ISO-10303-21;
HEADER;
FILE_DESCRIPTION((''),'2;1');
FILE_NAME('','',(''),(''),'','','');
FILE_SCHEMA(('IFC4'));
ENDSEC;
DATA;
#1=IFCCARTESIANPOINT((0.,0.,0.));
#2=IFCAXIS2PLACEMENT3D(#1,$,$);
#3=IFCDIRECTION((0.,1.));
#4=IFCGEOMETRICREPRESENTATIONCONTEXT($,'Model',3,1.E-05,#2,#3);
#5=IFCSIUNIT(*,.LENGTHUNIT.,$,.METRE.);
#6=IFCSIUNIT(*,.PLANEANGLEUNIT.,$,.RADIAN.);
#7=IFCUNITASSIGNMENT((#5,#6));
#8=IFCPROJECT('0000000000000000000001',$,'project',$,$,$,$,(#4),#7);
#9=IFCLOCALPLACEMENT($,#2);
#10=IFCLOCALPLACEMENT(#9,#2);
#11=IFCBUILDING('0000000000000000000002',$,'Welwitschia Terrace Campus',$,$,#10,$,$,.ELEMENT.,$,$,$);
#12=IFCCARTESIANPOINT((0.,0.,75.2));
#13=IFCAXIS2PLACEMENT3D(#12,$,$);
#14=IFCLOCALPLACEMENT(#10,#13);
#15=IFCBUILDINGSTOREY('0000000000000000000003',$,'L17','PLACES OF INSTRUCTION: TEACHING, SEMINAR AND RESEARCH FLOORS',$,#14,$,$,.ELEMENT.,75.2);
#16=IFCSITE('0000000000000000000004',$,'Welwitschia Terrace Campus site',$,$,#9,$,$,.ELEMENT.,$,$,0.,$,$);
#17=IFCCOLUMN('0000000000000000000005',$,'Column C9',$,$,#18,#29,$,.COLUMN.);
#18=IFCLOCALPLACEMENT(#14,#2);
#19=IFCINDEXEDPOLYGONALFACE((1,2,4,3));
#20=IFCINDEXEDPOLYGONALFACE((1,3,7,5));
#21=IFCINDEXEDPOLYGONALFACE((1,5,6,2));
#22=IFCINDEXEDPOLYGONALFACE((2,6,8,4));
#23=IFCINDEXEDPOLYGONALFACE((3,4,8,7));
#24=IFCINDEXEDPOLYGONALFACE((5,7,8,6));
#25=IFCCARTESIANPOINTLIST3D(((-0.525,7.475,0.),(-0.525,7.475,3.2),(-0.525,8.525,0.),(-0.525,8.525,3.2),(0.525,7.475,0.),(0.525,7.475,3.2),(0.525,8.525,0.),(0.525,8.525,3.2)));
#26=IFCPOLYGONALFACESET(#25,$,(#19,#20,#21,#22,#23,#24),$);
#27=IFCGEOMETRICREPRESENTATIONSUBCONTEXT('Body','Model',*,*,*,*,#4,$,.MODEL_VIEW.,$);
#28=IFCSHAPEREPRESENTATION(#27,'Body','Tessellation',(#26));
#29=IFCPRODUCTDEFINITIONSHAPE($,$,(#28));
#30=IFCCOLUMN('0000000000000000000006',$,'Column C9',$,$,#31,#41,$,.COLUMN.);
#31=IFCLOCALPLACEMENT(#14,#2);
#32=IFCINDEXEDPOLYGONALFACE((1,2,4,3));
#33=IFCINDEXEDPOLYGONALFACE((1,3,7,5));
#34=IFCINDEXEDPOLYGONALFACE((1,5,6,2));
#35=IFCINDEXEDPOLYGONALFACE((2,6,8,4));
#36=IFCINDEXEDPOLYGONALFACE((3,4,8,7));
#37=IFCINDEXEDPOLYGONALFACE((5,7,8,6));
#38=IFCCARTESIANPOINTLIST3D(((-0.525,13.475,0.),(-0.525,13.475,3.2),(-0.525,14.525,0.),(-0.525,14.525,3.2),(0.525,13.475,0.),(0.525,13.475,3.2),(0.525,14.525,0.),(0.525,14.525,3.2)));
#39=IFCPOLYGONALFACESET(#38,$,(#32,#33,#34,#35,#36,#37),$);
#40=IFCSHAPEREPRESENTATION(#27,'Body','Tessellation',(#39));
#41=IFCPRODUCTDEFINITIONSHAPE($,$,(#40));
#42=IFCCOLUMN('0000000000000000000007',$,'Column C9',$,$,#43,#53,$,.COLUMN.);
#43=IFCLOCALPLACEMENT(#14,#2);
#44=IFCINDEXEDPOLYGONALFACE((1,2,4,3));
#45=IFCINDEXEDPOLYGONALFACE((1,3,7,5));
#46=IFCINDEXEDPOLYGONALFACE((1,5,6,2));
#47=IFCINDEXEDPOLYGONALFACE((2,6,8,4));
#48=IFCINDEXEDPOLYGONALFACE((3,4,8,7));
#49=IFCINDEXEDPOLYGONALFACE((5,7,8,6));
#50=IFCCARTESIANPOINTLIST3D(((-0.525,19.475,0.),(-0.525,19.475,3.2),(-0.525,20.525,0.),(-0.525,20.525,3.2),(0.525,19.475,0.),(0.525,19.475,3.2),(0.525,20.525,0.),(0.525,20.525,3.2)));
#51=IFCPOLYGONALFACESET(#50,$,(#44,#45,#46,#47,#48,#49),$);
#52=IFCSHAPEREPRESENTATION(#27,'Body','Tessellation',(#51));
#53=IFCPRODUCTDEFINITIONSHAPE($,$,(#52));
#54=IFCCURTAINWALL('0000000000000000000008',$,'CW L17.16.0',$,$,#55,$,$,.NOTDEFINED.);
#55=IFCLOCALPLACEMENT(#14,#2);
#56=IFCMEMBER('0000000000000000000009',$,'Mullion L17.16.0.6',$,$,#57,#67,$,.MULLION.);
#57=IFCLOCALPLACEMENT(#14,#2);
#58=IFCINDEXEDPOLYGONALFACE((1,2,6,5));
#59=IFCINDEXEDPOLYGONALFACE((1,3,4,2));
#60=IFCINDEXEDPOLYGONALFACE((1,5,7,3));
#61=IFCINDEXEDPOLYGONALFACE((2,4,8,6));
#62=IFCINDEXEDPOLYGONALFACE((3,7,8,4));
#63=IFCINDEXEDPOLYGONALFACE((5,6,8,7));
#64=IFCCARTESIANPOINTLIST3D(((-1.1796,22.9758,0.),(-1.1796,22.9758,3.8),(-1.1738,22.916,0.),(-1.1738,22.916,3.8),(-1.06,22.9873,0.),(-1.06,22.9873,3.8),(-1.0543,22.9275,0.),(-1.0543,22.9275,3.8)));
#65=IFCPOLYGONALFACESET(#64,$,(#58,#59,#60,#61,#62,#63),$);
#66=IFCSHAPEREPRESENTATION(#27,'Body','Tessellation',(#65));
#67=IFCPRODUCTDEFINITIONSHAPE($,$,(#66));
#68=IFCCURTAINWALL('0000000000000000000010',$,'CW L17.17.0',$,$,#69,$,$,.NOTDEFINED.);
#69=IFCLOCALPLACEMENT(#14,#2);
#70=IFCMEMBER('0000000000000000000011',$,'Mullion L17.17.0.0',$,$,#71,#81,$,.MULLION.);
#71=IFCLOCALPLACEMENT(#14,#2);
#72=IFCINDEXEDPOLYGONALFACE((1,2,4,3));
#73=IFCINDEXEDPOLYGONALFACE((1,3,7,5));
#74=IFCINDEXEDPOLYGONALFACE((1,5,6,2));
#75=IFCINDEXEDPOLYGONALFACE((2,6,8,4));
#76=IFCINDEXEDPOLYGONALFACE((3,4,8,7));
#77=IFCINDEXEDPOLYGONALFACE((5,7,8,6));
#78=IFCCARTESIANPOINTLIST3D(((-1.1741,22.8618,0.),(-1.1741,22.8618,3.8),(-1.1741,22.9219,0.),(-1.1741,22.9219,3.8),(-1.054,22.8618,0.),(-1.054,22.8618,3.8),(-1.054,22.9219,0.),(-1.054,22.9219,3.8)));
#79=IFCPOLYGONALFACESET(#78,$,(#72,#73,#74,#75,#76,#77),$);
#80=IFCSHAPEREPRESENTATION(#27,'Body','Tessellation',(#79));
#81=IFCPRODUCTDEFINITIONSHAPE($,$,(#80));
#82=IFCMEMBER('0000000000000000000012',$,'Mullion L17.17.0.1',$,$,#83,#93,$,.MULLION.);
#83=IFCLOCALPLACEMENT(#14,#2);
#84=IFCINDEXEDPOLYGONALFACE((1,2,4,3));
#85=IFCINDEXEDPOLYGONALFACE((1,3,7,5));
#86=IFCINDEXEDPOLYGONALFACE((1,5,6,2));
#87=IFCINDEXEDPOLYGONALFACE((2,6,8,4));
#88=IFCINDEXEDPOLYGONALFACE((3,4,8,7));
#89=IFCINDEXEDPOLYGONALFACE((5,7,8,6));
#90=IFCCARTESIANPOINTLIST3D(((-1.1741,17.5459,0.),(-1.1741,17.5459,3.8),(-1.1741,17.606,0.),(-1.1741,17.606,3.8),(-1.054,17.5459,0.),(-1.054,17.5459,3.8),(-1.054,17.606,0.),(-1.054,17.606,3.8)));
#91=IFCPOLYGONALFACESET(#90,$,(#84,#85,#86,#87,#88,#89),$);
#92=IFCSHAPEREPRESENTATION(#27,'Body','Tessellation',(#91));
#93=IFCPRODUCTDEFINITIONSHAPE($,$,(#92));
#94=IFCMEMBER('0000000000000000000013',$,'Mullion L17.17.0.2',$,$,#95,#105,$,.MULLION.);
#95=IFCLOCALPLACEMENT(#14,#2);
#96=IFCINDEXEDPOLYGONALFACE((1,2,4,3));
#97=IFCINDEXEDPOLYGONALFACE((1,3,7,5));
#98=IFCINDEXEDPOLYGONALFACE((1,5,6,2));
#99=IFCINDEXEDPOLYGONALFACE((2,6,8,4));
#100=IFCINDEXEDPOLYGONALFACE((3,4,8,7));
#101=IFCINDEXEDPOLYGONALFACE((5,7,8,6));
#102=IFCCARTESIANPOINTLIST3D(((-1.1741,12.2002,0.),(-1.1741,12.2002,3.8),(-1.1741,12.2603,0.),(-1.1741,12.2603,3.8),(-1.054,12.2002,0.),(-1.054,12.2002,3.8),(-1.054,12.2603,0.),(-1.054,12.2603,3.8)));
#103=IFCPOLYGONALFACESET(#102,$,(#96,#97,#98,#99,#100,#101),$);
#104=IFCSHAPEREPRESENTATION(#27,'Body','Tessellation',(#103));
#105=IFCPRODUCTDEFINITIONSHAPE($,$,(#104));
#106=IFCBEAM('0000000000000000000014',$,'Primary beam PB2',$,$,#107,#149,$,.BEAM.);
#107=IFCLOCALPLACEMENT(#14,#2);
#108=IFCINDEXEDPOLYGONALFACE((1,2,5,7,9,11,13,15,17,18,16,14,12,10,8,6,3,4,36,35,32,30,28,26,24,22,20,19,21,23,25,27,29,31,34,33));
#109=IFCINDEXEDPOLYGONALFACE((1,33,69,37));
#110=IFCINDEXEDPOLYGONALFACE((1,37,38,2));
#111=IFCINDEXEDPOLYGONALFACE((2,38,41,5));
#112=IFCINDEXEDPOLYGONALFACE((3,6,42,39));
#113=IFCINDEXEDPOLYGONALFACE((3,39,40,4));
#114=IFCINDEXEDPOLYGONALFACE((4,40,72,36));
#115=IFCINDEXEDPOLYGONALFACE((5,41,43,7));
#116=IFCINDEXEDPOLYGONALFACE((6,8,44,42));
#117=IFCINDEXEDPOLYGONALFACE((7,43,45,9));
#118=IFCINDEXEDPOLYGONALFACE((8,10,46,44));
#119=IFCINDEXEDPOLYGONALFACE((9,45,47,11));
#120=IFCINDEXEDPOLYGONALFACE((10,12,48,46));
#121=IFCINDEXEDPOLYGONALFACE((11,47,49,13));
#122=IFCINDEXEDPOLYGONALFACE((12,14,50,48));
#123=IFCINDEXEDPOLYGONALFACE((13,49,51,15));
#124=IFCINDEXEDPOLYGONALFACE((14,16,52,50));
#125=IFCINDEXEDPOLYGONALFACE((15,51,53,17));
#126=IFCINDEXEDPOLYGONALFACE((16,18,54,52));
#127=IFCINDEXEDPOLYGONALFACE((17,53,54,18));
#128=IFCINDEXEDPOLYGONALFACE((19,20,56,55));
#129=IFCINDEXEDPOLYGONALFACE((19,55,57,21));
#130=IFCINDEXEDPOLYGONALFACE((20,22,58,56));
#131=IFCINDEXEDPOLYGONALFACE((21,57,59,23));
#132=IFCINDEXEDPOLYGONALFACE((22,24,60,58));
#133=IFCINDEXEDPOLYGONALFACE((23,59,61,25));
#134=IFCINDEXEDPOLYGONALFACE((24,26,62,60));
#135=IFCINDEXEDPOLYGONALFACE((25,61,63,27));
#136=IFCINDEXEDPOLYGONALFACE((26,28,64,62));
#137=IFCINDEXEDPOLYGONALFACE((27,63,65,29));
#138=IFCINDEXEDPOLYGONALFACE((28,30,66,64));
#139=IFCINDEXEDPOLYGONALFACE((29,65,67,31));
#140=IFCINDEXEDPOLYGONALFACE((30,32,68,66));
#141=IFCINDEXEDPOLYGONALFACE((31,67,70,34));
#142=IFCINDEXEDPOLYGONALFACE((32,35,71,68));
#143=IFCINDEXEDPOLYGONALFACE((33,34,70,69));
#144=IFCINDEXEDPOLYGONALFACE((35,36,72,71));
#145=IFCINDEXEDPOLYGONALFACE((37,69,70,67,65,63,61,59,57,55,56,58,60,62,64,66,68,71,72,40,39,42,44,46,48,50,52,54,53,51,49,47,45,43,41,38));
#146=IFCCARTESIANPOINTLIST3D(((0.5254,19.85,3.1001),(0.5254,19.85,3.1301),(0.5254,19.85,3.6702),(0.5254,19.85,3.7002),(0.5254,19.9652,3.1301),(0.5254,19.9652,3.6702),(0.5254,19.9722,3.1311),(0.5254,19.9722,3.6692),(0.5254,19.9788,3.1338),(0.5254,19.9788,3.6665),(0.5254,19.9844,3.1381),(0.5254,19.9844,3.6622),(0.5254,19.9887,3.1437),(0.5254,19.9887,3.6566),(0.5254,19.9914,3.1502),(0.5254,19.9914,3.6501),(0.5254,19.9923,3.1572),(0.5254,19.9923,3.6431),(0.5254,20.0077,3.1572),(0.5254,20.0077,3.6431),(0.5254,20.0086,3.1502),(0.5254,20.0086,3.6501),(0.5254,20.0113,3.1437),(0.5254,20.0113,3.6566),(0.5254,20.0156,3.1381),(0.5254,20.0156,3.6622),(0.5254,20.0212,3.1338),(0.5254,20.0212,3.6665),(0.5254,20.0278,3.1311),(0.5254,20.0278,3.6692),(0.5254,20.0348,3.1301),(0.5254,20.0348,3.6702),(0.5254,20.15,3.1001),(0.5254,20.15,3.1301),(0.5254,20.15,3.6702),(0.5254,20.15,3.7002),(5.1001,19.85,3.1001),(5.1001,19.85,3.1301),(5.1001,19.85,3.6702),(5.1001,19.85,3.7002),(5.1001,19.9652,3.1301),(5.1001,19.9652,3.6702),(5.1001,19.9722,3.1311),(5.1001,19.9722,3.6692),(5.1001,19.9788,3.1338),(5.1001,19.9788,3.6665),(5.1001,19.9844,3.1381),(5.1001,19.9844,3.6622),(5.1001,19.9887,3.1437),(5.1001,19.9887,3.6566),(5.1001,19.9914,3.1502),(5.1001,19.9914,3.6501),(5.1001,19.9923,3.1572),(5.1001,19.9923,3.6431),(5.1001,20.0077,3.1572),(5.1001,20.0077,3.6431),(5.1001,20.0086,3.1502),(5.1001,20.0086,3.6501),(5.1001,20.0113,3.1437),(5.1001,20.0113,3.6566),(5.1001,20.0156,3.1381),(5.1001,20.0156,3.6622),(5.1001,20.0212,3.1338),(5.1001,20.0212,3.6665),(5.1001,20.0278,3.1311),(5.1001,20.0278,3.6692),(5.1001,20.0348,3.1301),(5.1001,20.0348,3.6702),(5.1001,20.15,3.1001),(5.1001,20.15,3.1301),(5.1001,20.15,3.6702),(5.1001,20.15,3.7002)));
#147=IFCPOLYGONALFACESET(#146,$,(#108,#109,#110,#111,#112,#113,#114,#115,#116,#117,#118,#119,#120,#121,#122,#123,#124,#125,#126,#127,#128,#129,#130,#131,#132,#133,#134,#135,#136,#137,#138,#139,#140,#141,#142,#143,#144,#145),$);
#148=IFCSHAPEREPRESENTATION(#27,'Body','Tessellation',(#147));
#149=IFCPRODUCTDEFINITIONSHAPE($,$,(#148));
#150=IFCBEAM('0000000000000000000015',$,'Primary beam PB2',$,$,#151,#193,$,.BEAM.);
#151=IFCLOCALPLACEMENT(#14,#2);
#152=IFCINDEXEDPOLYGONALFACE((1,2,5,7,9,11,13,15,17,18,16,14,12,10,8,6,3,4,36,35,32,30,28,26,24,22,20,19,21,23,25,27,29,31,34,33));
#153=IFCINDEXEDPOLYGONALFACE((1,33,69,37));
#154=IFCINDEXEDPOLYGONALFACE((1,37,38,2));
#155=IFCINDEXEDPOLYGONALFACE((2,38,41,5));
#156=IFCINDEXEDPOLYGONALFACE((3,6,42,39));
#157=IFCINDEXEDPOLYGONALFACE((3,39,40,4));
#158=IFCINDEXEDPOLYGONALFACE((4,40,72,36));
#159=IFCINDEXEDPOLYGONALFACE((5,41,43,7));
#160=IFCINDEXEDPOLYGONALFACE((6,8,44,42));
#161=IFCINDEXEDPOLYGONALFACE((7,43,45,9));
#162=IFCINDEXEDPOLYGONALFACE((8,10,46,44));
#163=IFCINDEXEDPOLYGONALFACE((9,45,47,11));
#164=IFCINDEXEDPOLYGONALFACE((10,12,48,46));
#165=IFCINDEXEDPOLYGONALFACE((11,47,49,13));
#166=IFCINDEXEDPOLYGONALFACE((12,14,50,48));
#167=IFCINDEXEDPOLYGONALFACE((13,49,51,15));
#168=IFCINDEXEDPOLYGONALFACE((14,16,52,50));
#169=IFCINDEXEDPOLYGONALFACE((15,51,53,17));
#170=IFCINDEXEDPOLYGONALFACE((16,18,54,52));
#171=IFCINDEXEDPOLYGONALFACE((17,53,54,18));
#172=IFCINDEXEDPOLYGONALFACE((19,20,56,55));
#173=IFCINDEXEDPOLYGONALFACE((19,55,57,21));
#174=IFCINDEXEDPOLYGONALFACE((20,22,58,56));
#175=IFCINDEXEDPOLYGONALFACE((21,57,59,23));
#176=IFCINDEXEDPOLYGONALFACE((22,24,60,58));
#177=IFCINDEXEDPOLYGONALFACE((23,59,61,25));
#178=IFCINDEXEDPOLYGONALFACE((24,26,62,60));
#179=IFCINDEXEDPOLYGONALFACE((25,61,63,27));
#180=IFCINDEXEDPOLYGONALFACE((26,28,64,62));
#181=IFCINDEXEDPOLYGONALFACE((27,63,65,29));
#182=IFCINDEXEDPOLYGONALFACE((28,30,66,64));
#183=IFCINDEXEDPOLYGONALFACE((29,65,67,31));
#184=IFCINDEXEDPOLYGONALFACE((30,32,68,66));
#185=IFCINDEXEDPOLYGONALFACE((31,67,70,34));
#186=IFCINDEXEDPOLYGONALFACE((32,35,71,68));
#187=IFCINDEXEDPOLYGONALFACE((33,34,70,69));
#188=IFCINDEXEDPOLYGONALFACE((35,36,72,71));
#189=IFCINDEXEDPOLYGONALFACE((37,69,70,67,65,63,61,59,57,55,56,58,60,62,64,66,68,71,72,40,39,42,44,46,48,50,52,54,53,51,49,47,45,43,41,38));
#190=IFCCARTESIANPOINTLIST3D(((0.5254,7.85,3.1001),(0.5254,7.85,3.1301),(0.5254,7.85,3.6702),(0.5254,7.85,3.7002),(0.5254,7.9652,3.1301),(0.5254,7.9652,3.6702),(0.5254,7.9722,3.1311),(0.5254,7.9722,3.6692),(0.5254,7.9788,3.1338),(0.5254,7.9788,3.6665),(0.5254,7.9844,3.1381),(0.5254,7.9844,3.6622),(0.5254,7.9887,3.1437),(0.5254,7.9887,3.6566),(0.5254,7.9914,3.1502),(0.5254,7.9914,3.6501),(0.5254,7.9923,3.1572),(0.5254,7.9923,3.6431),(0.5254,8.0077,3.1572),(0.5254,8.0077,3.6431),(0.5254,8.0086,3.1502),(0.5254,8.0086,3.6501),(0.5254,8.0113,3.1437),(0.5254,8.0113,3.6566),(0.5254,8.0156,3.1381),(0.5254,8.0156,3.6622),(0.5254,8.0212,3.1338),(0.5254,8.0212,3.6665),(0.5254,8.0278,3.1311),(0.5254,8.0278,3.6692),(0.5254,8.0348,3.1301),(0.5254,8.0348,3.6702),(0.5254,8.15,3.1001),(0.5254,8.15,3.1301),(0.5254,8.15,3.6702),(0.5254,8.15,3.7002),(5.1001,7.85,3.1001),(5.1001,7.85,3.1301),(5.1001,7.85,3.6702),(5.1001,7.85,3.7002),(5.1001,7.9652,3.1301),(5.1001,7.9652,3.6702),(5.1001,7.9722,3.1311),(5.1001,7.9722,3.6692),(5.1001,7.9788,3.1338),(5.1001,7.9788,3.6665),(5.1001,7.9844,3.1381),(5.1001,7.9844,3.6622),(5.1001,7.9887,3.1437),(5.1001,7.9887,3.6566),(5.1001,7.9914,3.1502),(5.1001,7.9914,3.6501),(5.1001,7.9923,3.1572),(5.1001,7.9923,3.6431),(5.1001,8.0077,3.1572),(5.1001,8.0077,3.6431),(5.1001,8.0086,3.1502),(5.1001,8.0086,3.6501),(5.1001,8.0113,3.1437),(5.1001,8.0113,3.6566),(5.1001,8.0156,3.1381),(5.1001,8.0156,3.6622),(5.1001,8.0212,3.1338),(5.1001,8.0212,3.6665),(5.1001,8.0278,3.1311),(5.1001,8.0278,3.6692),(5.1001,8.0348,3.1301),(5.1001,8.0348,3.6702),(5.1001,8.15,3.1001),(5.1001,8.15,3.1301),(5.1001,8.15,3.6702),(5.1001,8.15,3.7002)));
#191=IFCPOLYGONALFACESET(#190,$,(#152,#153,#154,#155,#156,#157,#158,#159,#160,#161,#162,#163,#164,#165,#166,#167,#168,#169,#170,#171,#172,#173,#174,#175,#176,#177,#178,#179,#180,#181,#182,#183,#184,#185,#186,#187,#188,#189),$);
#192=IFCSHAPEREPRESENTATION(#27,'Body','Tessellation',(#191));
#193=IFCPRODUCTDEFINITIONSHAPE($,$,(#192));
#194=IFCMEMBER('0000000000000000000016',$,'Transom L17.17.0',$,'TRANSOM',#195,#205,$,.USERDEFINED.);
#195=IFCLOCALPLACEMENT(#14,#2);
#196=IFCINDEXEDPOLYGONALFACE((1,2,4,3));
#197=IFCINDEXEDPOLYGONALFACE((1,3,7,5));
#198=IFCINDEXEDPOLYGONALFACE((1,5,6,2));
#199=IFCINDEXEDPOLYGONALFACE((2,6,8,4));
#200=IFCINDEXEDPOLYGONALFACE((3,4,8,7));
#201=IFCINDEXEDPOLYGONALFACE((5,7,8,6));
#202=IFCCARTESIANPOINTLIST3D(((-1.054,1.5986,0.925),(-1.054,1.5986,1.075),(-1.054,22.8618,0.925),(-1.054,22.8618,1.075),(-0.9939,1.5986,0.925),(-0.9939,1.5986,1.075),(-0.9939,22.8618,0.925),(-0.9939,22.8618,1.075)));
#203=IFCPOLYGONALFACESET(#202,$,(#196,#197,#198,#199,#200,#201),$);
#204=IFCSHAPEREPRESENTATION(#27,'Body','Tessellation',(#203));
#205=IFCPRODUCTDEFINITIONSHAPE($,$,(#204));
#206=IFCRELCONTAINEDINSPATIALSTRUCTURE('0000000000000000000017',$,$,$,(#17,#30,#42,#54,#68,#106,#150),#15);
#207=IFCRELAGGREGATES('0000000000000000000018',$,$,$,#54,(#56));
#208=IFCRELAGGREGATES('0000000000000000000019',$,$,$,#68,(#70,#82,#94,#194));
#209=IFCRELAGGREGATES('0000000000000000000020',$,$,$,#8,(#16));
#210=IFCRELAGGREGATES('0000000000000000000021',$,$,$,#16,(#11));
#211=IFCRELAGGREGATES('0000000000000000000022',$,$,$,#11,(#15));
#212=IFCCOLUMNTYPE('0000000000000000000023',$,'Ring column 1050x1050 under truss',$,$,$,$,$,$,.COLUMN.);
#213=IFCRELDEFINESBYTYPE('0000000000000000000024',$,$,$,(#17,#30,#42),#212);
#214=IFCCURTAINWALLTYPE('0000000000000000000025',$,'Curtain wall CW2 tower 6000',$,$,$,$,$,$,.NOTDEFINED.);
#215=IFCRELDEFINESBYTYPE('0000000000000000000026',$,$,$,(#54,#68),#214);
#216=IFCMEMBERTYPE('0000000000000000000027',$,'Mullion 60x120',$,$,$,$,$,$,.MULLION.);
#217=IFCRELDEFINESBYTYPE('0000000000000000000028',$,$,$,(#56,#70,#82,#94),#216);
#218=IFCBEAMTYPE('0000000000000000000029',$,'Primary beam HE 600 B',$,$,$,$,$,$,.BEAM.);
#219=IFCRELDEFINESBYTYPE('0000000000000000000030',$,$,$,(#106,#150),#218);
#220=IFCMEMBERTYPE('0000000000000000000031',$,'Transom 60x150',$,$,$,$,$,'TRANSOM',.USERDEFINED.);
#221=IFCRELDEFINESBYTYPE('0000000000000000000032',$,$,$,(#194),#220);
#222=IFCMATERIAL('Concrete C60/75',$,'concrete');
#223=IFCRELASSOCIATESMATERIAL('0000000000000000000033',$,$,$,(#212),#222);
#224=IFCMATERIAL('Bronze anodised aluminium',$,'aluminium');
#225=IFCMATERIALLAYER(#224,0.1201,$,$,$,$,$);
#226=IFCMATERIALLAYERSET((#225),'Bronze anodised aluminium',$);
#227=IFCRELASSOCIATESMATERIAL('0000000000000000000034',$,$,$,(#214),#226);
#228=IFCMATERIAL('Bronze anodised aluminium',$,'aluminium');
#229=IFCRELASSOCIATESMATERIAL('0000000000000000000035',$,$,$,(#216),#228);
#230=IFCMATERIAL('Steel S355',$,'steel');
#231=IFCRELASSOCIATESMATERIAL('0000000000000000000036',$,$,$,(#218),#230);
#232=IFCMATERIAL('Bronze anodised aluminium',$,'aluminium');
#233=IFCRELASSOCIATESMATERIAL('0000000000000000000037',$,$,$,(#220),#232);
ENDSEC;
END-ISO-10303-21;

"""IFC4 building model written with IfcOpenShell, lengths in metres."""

from ifc_helpers import new_model, si_unit, direction, frame, origin, origin_2d, place, context, subcontext, project, spatial, rectangle, i_section, extrude, material, layer, layer_set, material_profile, profile_set, type_object, element, aggregate, save


model = new_model("IFC4")

# Units and contexts
model_context = context("Model", 3, precision=1e-05, world=origin(), true_north=direction((0.0, 1.0)))
body_context = subcontext(model_context, "Body", "Model", "MODEL_VIEW")
ifc_project = project(units=[si_unit("LENGTHUNIT", "METRE"), si_unit("PLANEANGLEUNIT", "RADIAN")], contexts=[model_context])

# Site, building, storey
site_placement = place(None, origin())
site = spatial("IfcSite", under=ifc_project, at=site_placement, Name="Welwitschia Terrace Campus site", CompositionType="ELEMENT", RefElevation=0.0)
building_placement = place(site_placement, origin())
building = spatial("IfcBuilding", under=site, at=building_placement, Name="Welwitschia Terrace Campus", CompositionType="ELEMENT")
storey_placement = place(building_placement, frame((0.0, 0.0, 75.2)))
storey = spatial("IfcBuildingStorey", under=building, at=storey_placement, Name="L17", Description="PLACES OF INSTRUCTION: TEACHING, SEMINAR AND RESEARCH FLOORS", CompositionType="ELEMENT", Elevation=75.2)

# Columns
ifc_material_1 = material(Name="Concrete C60/75", Category="concrete")
ifc_material_profile_1 = material_profile(ifc_material_1, rectangle(XDim=1.05, YDim=1.05, at=origin_2d()))
ifc_profile_set_1 = profile_set([ifc_material_profile_1], Name="Concrete C60/75")
column_type = type_object("IfcColumnType", Name="Ring column 1050x1050 under truss", PredefinedType="COLUMN", material=ifc_profile_set_1)
for number, where, z_axis, x_axis, name in (
    (1, (0.0, 8.0, 0.0), (0.0, 0.0, 1.0), (1.0, 0.0, 0.0), "Column C9"),
    (2, (0.0, 14.0, 0.0), (0.0, 0.0, 1.0), (1.0, 0.0, 0.0), "Column C9"),
    (3, (0.0, 20.0, 0.0), (0.0, 0.0, 1.0), (1.0, 0.0, 0.0), "Column C9"),
):
    element("IfcColumn", number, at=place(storey_placement, frame(where, z_axis=z_axis, x_axis=x_axis)), inside=storey, type_object=column_type, Name=name, PredefinedType="COLUMN", context=body_context, shape_type="SweptSolid", body=[
        extrude(rectangle(XDim=1.05, YDim=1.05, at=origin_2d()), origin(), (0.0, 0.0, 1.0), 3.2),
    ])

# Curtain wall, member
ifc_material_2 = material(Name="Bronze anodised aluminium", Category="aluminium")
ifc_layer_1 = layer(ifc_material_2, 0.1201)
ifc_layer_set_1 = layer_set([ifc_layer_1], Name="Bronze anodised aluminium")
curtain_wall_type = type_object("IfcCurtainWallType", Name="Curtain wall CW2 tower 6000", PredefinedType="NOTDEFINED", material=ifc_layer_set_1)
curtain_wall_1_placement = place(storey_placement, origin())
curtain_wall_1 = element("IfcCurtainWall", 4, at=curtain_wall_1_placement, inside=storey, type_object=curtain_wall_type, Name="CW L17.16.0", PredefinedType="NOTDEFINED")
ifc_material_3 = material(Name="Bronze anodised aluminium", Category="aluminium")
ifc_material_profile_2 = material_profile(ifc_material_3, rectangle(XDim=0.1201, YDim=0.0601, at=origin_2d()))
ifc_profile_set_2 = profile_set([ifc_material_profile_2], Name="Bronze anodised aluminium")
member_type_1 = type_object("IfcMemberType", Name="Mullion 60x120", PredefinedType="MULLION", material=ifc_profile_set_2)
member_1_placement = place(storey_placement, frame((-1.1169, 22.9517, 0.0), z_axis=(0.0, 0.0, 1.0), x_axis=(0.995396, 0.095846, 0.0)))
member_1 = element("IfcMember", 5, at=member_1_placement, type_object=member_type_1, Name="Mullion L17.16.0.6", PredefinedType="MULLION", context=body_context, shape_type="SweptSolid", body=[
    extrude(rectangle(XDim=0.1201, YDim=0.0601, at=origin_2d()), origin(), (0.0, 0.0, 1.0), 3.8),
])
aggregate(curtain_wall_1, [member_1])

# Curtain wall, members
curtain_wall_2_placement = place(storey_placement, origin())
curtain_wall_2 = element("IfcCurtainWall", 6, at=curtain_wall_2_placement, inside=storey, type_object=curtain_wall_type, Name="CW L17.17.0", PredefinedType="NOTDEFINED")
member_2_placement = place(storey_placement, frame((-1.114, 22.8918, 0.0), z_axis=(0.0, 0.0, 1.0), x_axis=(1.0, 0.0, 0.0)))
member_2 = element("IfcMember", 7, at=member_2_placement, type_object=member_type_1, Name="Mullion L17.17.0.0", PredefinedType="MULLION", context=body_context, shape_type="SweptSolid", body=[
    extrude(rectangle(XDim=0.1201, YDim=0.0601, at=origin_2d()), origin(), (0.0, 0.0, 1.0), 3.8),
])
member_3_placement = place(storey_placement, frame((-1.114, 17.5759, 0.0), z_axis=(0.0, 0.0, 1.0), x_axis=(1.0, 0.0, 0.0)))
member_3 = element("IfcMember", 8, at=member_3_placement, type_object=member_type_1, Name="Mullion L17.17.0.1", PredefinedType="MULLION", context=body_context, shape_type="SweptSolid", body=[
    extrude(rectangle(XDim=0.1201, YDim=0.0601, at=origin_2d()), origin(), (0.0, 0.0, 1.0), 3.8),
])
member_4_placement = place(storey_placement, frame((-1.114, 12.2302, 0.0), z_axis=(0.0, 0.0, 1.0), x_axis=(1.0, 0.0, 0.0)))
member_4 = element("IfcMember", 9, at=member_4_placement, type_object=member_type_1, Name="Mullion L17.17.0.2", PredefinedType="MULLION", context=body_context, shape_type="SweptSolid", body=[
    extrude(rectangle(XDim=0.1201, YDim=0.0601, at=origin_2d()), origin(), (0.0, 0.0, 1.0), 3.8),
])

# Beams
ifc_material_4 = material(Name="Steel S355", Category="steel")
ifc_material_profile_3 = material_profile(ifc_material_4, i_section(OverallWidth=0.3, OverallDepth=0.6001, WebThickness=0.0154, FlangeThickness=0.03, FilletRadius=0.0271, at=origin_2d()))
ifc_profile_set_3 = profile_set([ifc_material_profile_3], Name="Steel S355")
beam_type = type_object("IfcBeamType", Name="Primary beam HE 600 B", PredefinedType="BEAM", material=ifc_profile_set_3)
for number, where, z_axis, x_axis, name in (
    (10, (0.5254, 20.0, 3.4001), (1.0, 0.0, 0.0), (0.0, 1.0, 0.0), "Primary beam PB2"),
    (11, (0.5254, 8.0, 3.4001), (1.0, 0.0, 0.0), (0.0, 1.0, 0.0), "Primary beam PB2"),
):
    element("IfcBeam", number, at=place(storey_placement, frame(where, z_axis=z_axis, x_axis=x_axis)), inside=storey, type_object=beam_type, Name=name, PredefinedType="BEAM", context=body_context, shape_type="SweptSolid", body=[
        extrude(i_section(OverallWidth=0.3, OverallDepth=0.6001, WebThickness=0.0154, FlangeThickness=0.03, FilletRadius=0.0271, at=origin_2d()), origin(), (0.0, 0.0, 1.0), 4.5747),
    ])

# Member
ifc_material_5 = material(Name="Bronze anodised aluminium", Category="aluminium")
ifc_material_profile_4 = material_profile(ifc_material_5, rectangle(XDim=0.0601, YDim=0.1499, at=origin_2d()))
ifc_profile_set_4 = profile_set([ifc_material_profile_4], Name="Bronze anodised aluminium")
member_type_2 = type_object("IfcMemberType", Name="Transom 60x150", ElementType="TRANSOM", PredefinedType="USERDEFINED", material=ifc_profile_set_4)
member_5_placement = place(storey_placement, frame((-1.0239, 22.8618, 1.0), z_axis=(0.0, -1.0, 0.0), x_axis=(1.0, 0.0, 0.0)))
member_5 = element("IfcMember", 12, at=member_5_placement, type_object=member_type_2, Name="Transom L17.17.0", ObjectType="TRANSOM", PredefinedType="USERDEFINED", context=body_context, shape_type="SweptSolid", body=[
    extrude(rectangle(XDim=0.0601, YDim=0.1499, at=origin_2d()), origin(), (0.0, 0.0, 1.0), 21.2632),
])

aggregate(curtain_wall_2, [member_2, member_3, member_4, member_5])

save(model, "model.ifc")
